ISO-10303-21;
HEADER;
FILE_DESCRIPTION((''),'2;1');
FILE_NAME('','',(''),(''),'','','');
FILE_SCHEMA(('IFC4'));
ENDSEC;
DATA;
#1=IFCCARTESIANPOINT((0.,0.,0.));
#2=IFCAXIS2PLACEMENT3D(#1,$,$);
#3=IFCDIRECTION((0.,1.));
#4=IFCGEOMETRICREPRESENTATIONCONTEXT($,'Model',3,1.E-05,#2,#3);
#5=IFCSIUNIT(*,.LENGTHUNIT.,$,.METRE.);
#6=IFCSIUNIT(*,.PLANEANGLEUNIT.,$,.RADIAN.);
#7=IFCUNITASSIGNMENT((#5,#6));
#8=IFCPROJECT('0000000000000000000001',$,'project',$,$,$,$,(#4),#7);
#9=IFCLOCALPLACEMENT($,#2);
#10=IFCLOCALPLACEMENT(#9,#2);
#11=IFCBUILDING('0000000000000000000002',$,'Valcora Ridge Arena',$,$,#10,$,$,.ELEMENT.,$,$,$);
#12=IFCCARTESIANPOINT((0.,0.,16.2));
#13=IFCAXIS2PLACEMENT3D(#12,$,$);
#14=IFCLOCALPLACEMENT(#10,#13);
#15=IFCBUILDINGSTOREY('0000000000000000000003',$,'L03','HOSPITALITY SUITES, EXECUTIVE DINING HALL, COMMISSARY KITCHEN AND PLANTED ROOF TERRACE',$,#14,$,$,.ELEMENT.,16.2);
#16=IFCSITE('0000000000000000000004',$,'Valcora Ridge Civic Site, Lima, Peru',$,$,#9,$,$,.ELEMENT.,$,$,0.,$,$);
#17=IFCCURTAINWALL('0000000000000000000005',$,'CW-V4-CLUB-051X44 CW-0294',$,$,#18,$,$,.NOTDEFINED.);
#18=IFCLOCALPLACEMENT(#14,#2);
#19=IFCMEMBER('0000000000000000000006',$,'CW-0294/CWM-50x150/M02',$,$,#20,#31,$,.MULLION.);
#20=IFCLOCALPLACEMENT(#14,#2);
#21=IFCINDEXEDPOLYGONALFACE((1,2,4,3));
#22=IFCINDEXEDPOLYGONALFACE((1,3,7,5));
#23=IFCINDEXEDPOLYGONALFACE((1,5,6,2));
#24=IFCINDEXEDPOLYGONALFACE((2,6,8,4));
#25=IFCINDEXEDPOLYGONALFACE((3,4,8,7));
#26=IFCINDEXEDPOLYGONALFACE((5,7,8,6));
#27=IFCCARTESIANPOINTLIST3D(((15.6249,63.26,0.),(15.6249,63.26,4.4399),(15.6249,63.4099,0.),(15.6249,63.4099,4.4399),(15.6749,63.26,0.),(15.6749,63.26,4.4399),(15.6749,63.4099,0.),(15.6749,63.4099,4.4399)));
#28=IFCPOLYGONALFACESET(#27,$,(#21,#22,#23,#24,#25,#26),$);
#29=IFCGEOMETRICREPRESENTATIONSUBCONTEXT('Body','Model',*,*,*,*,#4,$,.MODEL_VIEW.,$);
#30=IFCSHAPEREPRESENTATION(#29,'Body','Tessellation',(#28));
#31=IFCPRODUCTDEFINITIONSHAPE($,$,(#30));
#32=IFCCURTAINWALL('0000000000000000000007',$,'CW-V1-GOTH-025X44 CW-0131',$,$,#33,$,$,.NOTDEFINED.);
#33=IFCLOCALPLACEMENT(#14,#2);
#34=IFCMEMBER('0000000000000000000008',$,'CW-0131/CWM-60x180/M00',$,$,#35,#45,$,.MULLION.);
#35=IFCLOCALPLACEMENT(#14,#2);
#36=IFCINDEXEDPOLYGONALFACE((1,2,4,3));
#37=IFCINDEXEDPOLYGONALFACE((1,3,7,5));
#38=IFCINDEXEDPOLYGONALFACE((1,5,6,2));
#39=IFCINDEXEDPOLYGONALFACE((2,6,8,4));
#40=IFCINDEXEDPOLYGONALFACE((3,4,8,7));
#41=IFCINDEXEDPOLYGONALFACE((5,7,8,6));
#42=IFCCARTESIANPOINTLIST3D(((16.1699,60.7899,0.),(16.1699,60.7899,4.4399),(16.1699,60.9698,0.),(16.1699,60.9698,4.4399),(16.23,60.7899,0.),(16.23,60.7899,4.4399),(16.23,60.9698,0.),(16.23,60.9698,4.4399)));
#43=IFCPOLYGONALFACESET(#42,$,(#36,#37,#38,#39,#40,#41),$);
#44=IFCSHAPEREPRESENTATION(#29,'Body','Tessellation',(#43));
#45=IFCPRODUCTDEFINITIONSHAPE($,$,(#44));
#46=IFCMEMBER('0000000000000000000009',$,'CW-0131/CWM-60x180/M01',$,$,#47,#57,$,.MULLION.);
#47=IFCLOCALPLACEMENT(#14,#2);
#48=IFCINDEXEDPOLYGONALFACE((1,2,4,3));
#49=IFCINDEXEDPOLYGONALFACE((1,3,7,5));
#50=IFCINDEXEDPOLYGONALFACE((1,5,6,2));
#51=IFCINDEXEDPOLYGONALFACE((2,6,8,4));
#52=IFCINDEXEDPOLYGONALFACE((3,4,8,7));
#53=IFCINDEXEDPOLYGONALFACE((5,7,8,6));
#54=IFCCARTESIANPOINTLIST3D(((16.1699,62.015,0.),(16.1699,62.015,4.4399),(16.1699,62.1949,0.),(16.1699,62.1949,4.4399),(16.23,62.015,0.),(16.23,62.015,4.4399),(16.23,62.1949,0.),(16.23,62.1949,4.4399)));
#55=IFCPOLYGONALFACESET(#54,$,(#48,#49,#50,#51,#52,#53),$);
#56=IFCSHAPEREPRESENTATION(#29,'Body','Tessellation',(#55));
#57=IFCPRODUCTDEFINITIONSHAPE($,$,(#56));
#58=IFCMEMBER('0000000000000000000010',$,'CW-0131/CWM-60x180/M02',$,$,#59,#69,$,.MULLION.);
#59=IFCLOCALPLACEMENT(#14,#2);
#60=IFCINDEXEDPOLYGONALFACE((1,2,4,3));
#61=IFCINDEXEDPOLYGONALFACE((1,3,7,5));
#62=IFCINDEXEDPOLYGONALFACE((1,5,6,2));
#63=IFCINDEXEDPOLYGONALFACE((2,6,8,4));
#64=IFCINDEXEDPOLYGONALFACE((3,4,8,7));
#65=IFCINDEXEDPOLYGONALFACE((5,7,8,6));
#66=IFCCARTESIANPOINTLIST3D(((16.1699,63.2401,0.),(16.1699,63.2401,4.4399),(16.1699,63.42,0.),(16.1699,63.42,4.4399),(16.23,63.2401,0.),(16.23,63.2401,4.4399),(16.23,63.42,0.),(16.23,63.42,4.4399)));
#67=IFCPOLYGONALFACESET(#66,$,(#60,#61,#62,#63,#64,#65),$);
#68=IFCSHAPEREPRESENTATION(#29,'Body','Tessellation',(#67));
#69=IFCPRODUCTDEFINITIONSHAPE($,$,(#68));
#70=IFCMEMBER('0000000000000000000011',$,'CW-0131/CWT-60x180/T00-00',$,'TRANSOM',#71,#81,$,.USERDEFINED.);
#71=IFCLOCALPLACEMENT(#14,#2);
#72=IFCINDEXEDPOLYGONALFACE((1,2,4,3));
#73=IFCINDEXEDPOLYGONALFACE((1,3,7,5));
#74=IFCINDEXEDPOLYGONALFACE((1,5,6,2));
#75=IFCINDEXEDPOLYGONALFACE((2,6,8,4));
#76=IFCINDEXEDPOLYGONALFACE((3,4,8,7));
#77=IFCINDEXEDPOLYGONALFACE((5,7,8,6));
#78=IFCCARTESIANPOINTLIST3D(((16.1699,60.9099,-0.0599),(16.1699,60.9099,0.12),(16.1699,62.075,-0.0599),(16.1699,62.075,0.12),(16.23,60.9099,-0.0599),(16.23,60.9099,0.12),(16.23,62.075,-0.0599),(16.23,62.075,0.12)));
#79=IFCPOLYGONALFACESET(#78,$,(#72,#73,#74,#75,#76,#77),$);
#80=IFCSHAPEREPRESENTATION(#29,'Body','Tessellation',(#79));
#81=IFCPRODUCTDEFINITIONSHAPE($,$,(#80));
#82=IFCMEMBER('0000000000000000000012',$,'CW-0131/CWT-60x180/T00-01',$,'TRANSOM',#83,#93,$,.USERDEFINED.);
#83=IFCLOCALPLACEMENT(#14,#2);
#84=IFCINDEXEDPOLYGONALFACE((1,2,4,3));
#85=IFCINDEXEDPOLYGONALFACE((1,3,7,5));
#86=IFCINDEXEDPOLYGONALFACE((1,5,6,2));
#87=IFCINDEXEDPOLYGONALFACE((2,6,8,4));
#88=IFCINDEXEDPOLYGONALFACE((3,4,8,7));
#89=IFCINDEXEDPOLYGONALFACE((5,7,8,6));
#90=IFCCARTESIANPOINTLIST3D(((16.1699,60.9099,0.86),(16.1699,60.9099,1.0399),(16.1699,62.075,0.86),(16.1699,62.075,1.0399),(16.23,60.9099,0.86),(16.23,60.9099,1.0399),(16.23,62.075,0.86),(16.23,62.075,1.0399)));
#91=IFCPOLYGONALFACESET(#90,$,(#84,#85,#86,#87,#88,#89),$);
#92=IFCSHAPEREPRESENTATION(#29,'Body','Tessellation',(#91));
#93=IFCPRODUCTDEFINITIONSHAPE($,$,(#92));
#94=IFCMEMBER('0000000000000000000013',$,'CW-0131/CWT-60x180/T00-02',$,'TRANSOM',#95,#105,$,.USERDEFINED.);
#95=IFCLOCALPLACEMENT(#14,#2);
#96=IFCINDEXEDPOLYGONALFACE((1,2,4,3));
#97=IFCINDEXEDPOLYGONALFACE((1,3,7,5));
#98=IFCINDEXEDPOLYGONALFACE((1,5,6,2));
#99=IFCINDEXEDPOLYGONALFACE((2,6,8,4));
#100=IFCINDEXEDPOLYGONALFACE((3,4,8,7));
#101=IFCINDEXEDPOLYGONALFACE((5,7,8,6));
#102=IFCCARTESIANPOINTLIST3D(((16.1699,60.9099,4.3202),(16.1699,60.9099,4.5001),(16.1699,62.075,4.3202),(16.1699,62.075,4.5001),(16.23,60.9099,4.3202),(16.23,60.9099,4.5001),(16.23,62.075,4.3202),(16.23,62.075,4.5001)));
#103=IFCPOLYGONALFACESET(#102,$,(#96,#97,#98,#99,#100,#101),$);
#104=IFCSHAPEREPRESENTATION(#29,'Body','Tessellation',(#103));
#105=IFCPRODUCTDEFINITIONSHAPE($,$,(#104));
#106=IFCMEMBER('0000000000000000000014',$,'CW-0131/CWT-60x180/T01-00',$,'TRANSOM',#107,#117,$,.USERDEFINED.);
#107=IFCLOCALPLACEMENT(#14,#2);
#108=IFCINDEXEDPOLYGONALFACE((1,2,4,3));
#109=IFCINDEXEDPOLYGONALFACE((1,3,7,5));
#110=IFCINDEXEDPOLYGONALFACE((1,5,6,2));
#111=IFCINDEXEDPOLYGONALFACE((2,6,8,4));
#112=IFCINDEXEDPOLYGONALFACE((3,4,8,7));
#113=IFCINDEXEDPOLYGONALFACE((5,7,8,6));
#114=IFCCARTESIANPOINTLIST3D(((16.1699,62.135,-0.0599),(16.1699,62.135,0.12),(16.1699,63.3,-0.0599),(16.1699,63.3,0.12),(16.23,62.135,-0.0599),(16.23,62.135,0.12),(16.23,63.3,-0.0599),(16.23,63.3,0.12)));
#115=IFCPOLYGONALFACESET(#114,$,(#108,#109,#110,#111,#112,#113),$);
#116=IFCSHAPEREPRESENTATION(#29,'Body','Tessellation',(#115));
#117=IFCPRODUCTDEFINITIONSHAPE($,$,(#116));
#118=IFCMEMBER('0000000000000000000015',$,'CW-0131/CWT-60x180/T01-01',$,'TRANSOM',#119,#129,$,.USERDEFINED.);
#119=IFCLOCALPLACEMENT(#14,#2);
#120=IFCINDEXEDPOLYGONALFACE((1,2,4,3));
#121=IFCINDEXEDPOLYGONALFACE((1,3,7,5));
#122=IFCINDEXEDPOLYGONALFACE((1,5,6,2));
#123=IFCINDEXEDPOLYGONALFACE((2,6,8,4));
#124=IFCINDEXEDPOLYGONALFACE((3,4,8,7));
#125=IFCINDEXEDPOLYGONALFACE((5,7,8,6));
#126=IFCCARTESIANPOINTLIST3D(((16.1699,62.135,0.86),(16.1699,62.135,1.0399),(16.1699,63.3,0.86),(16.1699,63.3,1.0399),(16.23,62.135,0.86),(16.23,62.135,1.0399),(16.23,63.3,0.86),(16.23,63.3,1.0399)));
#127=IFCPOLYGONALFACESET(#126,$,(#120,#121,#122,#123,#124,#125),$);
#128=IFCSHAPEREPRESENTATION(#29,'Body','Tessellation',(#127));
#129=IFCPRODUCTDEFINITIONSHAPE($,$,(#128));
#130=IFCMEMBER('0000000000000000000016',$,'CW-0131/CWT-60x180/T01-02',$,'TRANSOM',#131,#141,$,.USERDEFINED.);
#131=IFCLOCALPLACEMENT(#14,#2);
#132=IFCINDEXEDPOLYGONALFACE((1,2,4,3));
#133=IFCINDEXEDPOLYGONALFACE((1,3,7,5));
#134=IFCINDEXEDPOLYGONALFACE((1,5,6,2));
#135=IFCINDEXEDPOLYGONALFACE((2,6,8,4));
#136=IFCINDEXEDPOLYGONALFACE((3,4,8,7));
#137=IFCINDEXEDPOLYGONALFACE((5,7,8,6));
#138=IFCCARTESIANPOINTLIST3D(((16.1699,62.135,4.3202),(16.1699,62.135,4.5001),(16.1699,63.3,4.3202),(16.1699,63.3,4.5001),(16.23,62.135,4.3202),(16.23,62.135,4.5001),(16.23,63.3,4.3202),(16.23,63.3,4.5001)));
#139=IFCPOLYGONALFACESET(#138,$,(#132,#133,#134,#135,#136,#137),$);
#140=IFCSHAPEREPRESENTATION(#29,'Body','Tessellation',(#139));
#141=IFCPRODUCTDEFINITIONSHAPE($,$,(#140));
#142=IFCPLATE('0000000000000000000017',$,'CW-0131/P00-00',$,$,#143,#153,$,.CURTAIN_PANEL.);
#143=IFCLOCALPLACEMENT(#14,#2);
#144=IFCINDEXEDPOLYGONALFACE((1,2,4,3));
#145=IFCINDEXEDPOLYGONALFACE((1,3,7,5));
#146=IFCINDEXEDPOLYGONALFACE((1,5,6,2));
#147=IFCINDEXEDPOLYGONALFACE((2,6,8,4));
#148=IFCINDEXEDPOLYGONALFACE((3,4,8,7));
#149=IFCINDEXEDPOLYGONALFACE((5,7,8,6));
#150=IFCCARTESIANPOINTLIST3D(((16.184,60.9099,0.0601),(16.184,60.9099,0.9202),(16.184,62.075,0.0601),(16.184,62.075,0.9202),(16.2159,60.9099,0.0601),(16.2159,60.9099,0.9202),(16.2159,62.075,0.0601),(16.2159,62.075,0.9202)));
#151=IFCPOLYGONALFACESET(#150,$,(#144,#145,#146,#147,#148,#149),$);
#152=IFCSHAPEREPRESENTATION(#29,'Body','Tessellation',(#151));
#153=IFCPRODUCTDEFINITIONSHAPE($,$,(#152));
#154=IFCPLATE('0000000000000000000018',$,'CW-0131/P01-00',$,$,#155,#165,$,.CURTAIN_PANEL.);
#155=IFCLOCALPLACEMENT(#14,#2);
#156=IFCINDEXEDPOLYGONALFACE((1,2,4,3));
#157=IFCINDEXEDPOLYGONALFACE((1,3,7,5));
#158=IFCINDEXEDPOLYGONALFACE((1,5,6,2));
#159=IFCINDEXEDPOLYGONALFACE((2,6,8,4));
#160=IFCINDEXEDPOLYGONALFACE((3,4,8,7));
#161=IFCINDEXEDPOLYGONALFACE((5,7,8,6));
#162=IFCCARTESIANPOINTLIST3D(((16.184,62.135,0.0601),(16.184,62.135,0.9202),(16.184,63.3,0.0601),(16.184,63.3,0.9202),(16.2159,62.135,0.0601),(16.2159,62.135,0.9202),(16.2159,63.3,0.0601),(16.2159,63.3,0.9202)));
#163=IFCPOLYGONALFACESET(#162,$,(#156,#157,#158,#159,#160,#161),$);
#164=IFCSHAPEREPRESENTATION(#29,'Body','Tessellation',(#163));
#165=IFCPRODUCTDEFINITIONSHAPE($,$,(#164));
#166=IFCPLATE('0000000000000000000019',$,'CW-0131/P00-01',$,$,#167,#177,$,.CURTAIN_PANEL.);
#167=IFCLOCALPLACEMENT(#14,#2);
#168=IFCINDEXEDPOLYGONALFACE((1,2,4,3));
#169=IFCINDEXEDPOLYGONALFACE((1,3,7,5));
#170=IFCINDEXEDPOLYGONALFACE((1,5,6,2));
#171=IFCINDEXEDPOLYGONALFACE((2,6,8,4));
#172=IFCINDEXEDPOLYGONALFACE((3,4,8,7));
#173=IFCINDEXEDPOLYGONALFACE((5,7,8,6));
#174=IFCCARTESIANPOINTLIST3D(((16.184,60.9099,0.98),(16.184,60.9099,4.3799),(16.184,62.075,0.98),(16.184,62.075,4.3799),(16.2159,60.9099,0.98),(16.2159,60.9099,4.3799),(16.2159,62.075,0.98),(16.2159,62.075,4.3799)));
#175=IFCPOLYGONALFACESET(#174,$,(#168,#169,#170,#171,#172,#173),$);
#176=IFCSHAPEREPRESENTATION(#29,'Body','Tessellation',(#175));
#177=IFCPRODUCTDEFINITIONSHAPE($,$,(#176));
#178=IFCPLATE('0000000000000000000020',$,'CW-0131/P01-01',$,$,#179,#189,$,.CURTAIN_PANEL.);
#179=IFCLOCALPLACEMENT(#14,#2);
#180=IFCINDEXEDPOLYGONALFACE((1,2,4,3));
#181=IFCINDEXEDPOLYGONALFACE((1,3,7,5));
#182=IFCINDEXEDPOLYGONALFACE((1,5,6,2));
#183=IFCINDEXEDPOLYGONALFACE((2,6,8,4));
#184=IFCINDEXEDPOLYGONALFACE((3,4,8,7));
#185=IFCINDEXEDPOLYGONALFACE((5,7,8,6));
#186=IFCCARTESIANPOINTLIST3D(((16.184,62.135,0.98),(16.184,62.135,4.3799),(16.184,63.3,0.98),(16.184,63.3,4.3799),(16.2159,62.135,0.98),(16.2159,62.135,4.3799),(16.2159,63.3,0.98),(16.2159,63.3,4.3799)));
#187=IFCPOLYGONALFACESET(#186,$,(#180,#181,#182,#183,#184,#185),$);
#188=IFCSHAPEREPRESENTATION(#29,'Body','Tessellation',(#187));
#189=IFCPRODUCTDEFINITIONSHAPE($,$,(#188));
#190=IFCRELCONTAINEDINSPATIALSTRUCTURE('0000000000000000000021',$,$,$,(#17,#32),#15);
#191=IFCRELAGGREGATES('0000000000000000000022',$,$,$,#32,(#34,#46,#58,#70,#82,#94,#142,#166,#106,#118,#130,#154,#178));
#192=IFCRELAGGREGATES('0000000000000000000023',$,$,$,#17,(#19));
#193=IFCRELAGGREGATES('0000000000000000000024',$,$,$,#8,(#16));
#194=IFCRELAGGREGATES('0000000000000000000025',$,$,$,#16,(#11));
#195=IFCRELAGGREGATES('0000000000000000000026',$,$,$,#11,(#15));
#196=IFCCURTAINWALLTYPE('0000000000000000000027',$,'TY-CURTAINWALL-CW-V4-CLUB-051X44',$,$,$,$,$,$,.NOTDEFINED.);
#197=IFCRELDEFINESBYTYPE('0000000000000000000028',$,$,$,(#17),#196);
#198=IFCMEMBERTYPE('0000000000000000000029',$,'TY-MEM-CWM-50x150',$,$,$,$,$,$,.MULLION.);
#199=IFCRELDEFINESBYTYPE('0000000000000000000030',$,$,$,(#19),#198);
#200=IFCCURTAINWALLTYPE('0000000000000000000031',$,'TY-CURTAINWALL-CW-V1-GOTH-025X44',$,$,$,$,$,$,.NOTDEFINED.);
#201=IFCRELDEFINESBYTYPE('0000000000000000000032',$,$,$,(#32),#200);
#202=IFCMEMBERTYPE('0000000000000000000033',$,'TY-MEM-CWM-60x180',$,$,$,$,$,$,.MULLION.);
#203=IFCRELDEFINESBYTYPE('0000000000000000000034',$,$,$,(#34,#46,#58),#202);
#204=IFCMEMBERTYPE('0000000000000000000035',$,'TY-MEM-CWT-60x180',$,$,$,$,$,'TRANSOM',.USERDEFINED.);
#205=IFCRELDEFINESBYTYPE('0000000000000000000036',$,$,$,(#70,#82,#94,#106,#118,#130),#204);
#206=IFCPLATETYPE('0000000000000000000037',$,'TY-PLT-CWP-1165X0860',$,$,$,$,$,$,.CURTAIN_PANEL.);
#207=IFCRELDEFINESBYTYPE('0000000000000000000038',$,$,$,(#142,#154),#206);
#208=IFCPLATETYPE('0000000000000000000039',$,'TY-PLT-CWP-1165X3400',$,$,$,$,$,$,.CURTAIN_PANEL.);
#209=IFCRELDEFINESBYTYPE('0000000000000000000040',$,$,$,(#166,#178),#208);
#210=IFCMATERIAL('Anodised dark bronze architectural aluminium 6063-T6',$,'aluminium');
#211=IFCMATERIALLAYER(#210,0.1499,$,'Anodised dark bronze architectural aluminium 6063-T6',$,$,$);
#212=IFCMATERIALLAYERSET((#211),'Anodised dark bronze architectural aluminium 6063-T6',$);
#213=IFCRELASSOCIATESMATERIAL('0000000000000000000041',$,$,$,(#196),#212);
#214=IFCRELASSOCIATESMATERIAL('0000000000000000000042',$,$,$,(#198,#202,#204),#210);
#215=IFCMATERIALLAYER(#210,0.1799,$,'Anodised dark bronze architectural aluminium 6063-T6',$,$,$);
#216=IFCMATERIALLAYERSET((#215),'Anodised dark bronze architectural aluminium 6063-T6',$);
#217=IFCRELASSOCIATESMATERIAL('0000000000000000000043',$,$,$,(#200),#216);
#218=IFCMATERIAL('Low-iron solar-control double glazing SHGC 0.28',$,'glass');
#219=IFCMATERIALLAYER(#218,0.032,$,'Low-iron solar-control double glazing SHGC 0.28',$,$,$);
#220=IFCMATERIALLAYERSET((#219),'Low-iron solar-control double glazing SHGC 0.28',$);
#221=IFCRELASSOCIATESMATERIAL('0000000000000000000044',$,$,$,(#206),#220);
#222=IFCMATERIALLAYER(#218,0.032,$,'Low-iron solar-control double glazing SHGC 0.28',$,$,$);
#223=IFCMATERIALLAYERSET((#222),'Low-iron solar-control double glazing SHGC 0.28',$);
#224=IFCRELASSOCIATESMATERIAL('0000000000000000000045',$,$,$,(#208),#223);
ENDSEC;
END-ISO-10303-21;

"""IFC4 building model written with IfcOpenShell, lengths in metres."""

from ifc_helpers import new_model, si_unit, direction, frame, origin, origin_2d, place, context, subcontext, project, spatial, rectangle, extrude, material, layer, layer_set, material_profile, profile_set, type_object, element, aggregate, save


model = new_model("IFC4")

# Units and contexts
model_context = context("Model", 3, precision=1e-05, world=origin(), true_north=direction((0.0, 1.0)))
body_context = subcontext(model_context, "Body", "Model", "MODEL_VIEW")
ifc_project = project(units=[si_unit("LENGTHUNIT", "METRE"), si_unit("PLANEANGLEUNIT", "RADIAN")], contexts=[model_context])

# Site, building, storey
site_placement = place(None, origin())
site = spatial("IfcSite", under=ifc_project, at=site_placement, Name="Valcora Ridge Civic Site, Lima, Peru", CompositionType="ELEMENT", RefElevation=0.0)
building_placement = place(site_placement, origin())
building = spatial("IfcBuilding", under=site, at=building_placement, Name="Valcora Ridge Arena", CompositionType="ELEMENT")
storey_placement = place(building_placement, frame((0.0, 0.0, 16.2)))
storey = spatial("IfcBuildingStorey", under=building, at=storey_placement, Name="L03", Description="HOSPITALITY SUITES, EXECUTIVE DINING HALL, COMMISSARY KITCHEN AND PLANTED ROOF TERRACE", CompositionType="ELEMENT", Elevation=16.2)

# Curtain wall, member
ifc_material_1 = material(Name="Anodised dark bronze architectural aluminium 6063-T6", Category="aluminium")
ifc_layer_1 = layer(ifc_material_1, 0.1499, Name="Anodised dark bronze architectural aluminium 6063-T6")
ifc_layer_set_1 = layer_set([ifc_layer_1], Name="Anodised dark bronze architectural aluminium 6063-T6")
curtain_wall_type_1 = type_object("IfcCurtainWallType", Name="TY-CURTAINWALL-CW-V4-CLUB-051X44", PredefinedType="NOTDEFINED", material=ifc_layer_set_1)
curtain_wall_1_placement = place(storey_placement, origin())
curtain_wall_1 = element("IfcCurtainWall", 1, at=curtain_wall_1_placement, inside=storey, type_object=curtain_wall_type_1, Name="CW-V4-CLUB-051X44 CW-0294", PredefinedType="NOTDEFINED")
ifc_material_profile_1 = material_profile(ifc_material_1, rectangle(XDim=0.05, YDim=0.1499, at=origin_2d()), Name="ALU MULLION 50x150")
ifc_profile_set_1 = profile_set([ifc_material_profile_1], Name="Anodised dark bronze architectural aluminium 6063-T6")
member_type_1 = type_object("IfcMemberType", Name="TY-MEM-CWM-50x150", PredefinedType="MULLION", material=ifc_profile_set_1)
member_1_placement = place(storey_placement, frame((15.6499, 63.335, 0.0), z_axis=(0.0, 0.0, 1.0), x_axis=(-1.0, 0.0, 0.0)))
member_1 = element("IfcMember", 2, at=member_1_placement, type_object=member_type_1, Name="CW-0294/CWM-50x150/M02", PredefinedType="MULLION", context=body_context, shape_type="SweptSolid", body=[
    extrude(rectangle(XDim=0.05, YDim=0.1499, at=origin_2d()), origin(), (0.0, 0.0, 1.0), 4.4399),
])

# Curtain wall, members, plates
ifc_layer_2 = layer(ifc_material_1, 0.1799, Name="Anodised dark bronze architectural aluminium 6063-T6")
ifc_layer_set_2 = layer_set([ifc_layer_2], Name="Anodised dark bronze architectural aluminium 6063-T6")
curtain_wall_type_2 = type_object("IfcCurtainWallType", Name="TY-CURTAINWALL-CW-V1-GOTH-025X44", PredefinedType="NOTDEFINED", material=ifc_layer_set_2)
curtain_wall_2_placement = place(storey_placement, origin())
curtain_wall_2 = element("IfcCurtainWall", 3, at=curtain_wall_2_placement, inside=storey, type_object=curtain_wall_type_2, Name="CW-V1-GOTH-025X44 CW-0131", PredefinedType="NOTDEFINED")
ifc_material_profile_2 = material_profile(ifc_material_1, rectangle(XDim=0.0601, YDim=0.1799, at=origin_2d()), Name="ALU MULLION 60x180")
ifc_profile_set_2 = profile_set([ifc_material_profile_2], Name="Anodised dark bronze architectural aluminium 6063-T6")
member_type_2 = type_object("IfcMemberType", Name="TY-MEM-CWM-60x180", PredefinedType="MULLION", material=ifc_profile_set_2)
member_2_placement = place(storey_placement, frame((16.2, 60.8799, 0.0), z_axis=(0.0, 0.0, 1.0), x_axis=(-1.0, 0.0, 0.0)))
member_2 = element("IfcMember", 4, at=member_2_placement, type_object=member_type_2, Name="CW-0131/CWM-60x180/M00", PredefinedType="MULLION", context=body_context, shape_type="SweptSolid", body=[
    extrude(rectangle(XDim=0.0601, YDim=0.1799, at=origin_2d()), origin(), (0.0, 0.0, 1.0), 4.4399),
])
member_3_placement = place(storey_placement, frame((16.2, 62.105, 0.0), z_axis=(0.0, 0.0, 1.0), x_axis=(-1.0, 0.0, 0.0)))
member_3 = element("IfcMember", 5, at=member_3_placement, type_object=member_type_2, Name="CW-0131/CWM-60x180/M01", PredefinedType="MULLION", context=body_context, shape_type="SweptSolid", body=[
    extrude(rectangle(XDim=0.0601, YDim=0.1799, at=origin_2d()), origin(), (0.0, 0.0, 1.0), 4.4399),
])
member_4_placement = place(storey_placement, frame((16.2, 63.3301, 0.0), z_axis=(0.0, 0.0, 1.0), x_axis=(-1.0, 0.0, 0.0)))
member_4 = element("IfcMember", 6, at=member_4_placement, type_object=member_type_2, Name="CW-0131/CWM-60x180/M02", PredefinedType="MULLION", context=body_context, shape_type="SweptSolid", body=[
    extrude(rectangle(XDim=0.0601, YDim=0.1799, at=origin_2d()), origin(), (0.0, 0.0, 1.0), 4.4399),
])
ifc_material_profile_3 = material_profile(ifc_material_1, rectangle(XDim=0.0601, YDim=0.1799, at=origin_2d()), Name="ALU TRANSOM 60x180")
ifc_profile_set_3 = profile_set([ifc_material_profile_3], Name="Anodised dark bronze architectural aluminium 6063-T6")
member_type_3 = type_object("IfcMemberType", Name="TY-MEM-CWT-60x180", ElementType="TRANSOM", PredefinedType="USERDEFINED", material=ifc_profile_set_3)
member_5_placement = place(storey_placement, frame((16.2, 60.9099, 0.03), z_axis=(0.0, 1.0, 0.0), x_axis=(-1.0, 0.0, 0.0)))
member_5 = element("IfcMember", 7, at=member_5_placement, type_object=member_type_3, Name="CW-0131/CWT-60x180/T00-00", ObjectType="TRANSOM", PredefinedType="USERDEFINED", context=body_context, shape_type="SweptSolid", body=[
    extrude(rectangle(XDim=0.0601, YDim=0.1799, at=origin_2d()), origin(), (0.0, 0.0, 1.0), 1.165),
])
member_6_placement = place(storey_placement, frame((16.2, 60.9099, 0.95), z_axis=(0.0, 1.0, 0.0), x_axis=(-1.0, 0.0, 0.0)))
member_6 = element("IfcMember", 8, at=member_6_placement, type_object=member_type_3, Name="CW-0131/CWT-60x180/T00-01", ObjectType="TRANSOM", PredefinedType="USERDEFINED", context=body_context, shape_type="SweptSolid", body=[
    extrude(rectangle(XDim=0.0601, YDim=0.1799, at=origin_2d()), origin(), (0.0, 0.0, 1.0), 1.165),
])
member_7_placement = place(storey_placement, frame((16.2, 60.9099, 4.4102), z_axis=(0.0, 1.0, 0.0), x_axis=(-1.0, 0.0, 0.0)))
member_7 = element("IfcMember", 9, at=member_7_placement, type_object=member_type_3, Name="CW-0131/CWT-60x180/T00-02", ObjectType="TRANSOM", PredefinedType="USERDEFINED", context=body_context, shape_type="SweptSolid", body=[
    extrude(rectangle(XDim=0.0601, YDim=0.1799, at=origin_2d()), origin(), (0.0, 0.0, 1.0), 1.165),
])
member_8_placement = place(storey_placement, frame((16.2, 62.135, 0.03), z_axis=(0.0, 1.0, 0.0), x_axis=(-1.0, 0.0, 0.0)))
member_8 = element("IfcMember", 10, at=member_8_placement, type_object=member_type_3, Name="CW-0131/CWT-60x180/T01-00", ObjectType="TRANSOM", PredefinedType="USERDEFINED", context=body_context, shape_type="SweptSolid", body=[
    extrude(rectangle(XDim=0.0601, YDim=0.1799, at=origin_2d()), origin(), (0.0, 0.0, 1.0), 1.165),
])
member_9_placement = place(storey_placement, frame((16.2, 62.135, 0.95), z_axis=(0.0, 1.0, 0.0), x_axis=(-1.0, 0.0, 0.0)))
member_9 = element("IfcMember", 11, at=member_9_placement, type_object=member_type_3, Name="CW-0131/CWT-60x180/T01-01", ObjectType="TRANSOM", PredefinedType="USERDEFINED", context=body_context, shape_type="SweptSolid", body=[
    extrude(rectangle(XDim=0.0601, YDim=0.1799, at=origin_2d()), origin(), (0.0, 0.0, 1.0), 1.165),
])
member_10_placement = place(storey_placement, frame((16.2, 62.135, 4.4102), z_axis=(0.0, 1.0, 0.0), x_axis=(-1.0, 0.0, 0.0)))
member_10 = element("IfcMember", 12, at=member_10_placement, type_object=member_type_3, Name="CW-0131/CWT-60x180/T01-02", ObjectType="TRANSOM", PredefinedType="USERDEFINED", context=body_context, shape_type="SweptSolid", body=[
    extrude(rectangle(XDim=0.0601, YDim=0.1799, at=origin_2d()), origin(), (0.0, 0.0, 1.0), 1.165),
])
ifc_material_2 = material(Name="Low-iron solar-control double glazing SHGC 0.28", Category="glass")
ifc_layer_3 = layer(ifc_material_2, 0.032, Name="Low-iron solar-control double glazing SHGC 0.28")
ifc_layer_set_3 = layer_set([ifc_layer_3], Name="Low-iron solar-control double glazing SHGC 0.28")
plate_type_1 = type_object("IfcPlateType", Name="TY-PLT-CWP-1165X0860", PredefinedType="CURTAIN_PANEL", material=ifc_layer_set_3)
plate_1_placement = place(storey_placement, frame((16.2, 61.4924, 0.0601), z_axis=(0.0, 0.0, 1.0), x_axis=(0.0, 1.0, 0.0)))
plate_1 = element("IfcPlate", 13, at=plate_1_placement, type_object=plate_type_1, Name="CW-0131/P00-00", PredefinedType="CURTAIN_PANEL", context=body_context, shape_type="SweptSolid", body=[
    extrude(rectangle(XDim=1.165, YDim=0.032, at=origin_2d()), origin(), (0.0, 0.0, 1.0), 0.8601),
])
plate_2_placement = place(storey_placement, frame((16.2, 62.7175, 0.0601), z_axis=(0.0, 0.0, 1.0), x_axis=(0.0, 1.0, 0.0)))
plate_2 = element("IfcPlate", 14, at=plate_2_placement, type_object=plate_type_1, Name="CW-0131/P01-00", PredefinedType="CURTAIN_PANEL", context=body_context, shape_type="SweptSolid", body=[
    extrude(rectangle(XDim=1.165, YDim=0.032, at=origin_2d()), origin(), (0.0, 0.0, 1.0), 0.8601),
])
ifc_layer_4 = layer(ifc_material_2, 0.032, Name="Low-iron solar-control double glazing SHGC 0.28")
ifc_layer_set_4 = layer_set([ifc_layer_4], Name="Low-iron solar-control double glazing SHGC 0.28")
plate_type_2 = type_object("IfcPlateType", Name="TY-PLT-CWP-1165X3400", PredefinedType="CURTAIN_PANEL", material=ifc_layer_set_4)
plate_3_placement = place(storey_placement, frame((16.2, 61.4924, 0.98), z_axis=(0.0, 0.0, 1.0), x_axis=(0.0, 1.0, 0.0)))
plate_3 = element("IfcPlate", 15, at=plate_3_placement, type_object=plate_type_2, Name="CW-0131/P00-01", PredefinedType="CURTAIN_PANEL", context=body_context, shape_type="SweptSolid", body=[
    extrude(rectangle(XDim=1.165, YDim=0.032, at=origin_2d()), origin(), (0.0, 0.0, 1.0), 3.3999),
])
plate_4_placement = place(storey_placement, frame((16.2, 62.7175, 0.98), z_axis=(0.0, 0.0, 1.0), x_axis=(0.0, 1.0, 0.0)))
plate_4 = element("IfcPlate", 16, at=plate_4_placement, type_object=plate_type_2, Name="CW-0131/P01-01", PredefinedType="CURTAIN_PANEL", context=body_context, shape_type="SweptSolid", body=[
    extrude(rectangle(XDim=1.165, YDim=0.032, at=origin_2d()), origin(), (0.0, 0.0, 1.0), 3.3999),
])
aggregate(curtain_wall_2, [member_2, member_3, member_4, member_5, member_6, member_7, plate_1, plate_3, member_8, member_9, member_10, plate_2, plate_4])

aggregate(curtain_wall_1, [member_1])

save(model, "model.ifc")
